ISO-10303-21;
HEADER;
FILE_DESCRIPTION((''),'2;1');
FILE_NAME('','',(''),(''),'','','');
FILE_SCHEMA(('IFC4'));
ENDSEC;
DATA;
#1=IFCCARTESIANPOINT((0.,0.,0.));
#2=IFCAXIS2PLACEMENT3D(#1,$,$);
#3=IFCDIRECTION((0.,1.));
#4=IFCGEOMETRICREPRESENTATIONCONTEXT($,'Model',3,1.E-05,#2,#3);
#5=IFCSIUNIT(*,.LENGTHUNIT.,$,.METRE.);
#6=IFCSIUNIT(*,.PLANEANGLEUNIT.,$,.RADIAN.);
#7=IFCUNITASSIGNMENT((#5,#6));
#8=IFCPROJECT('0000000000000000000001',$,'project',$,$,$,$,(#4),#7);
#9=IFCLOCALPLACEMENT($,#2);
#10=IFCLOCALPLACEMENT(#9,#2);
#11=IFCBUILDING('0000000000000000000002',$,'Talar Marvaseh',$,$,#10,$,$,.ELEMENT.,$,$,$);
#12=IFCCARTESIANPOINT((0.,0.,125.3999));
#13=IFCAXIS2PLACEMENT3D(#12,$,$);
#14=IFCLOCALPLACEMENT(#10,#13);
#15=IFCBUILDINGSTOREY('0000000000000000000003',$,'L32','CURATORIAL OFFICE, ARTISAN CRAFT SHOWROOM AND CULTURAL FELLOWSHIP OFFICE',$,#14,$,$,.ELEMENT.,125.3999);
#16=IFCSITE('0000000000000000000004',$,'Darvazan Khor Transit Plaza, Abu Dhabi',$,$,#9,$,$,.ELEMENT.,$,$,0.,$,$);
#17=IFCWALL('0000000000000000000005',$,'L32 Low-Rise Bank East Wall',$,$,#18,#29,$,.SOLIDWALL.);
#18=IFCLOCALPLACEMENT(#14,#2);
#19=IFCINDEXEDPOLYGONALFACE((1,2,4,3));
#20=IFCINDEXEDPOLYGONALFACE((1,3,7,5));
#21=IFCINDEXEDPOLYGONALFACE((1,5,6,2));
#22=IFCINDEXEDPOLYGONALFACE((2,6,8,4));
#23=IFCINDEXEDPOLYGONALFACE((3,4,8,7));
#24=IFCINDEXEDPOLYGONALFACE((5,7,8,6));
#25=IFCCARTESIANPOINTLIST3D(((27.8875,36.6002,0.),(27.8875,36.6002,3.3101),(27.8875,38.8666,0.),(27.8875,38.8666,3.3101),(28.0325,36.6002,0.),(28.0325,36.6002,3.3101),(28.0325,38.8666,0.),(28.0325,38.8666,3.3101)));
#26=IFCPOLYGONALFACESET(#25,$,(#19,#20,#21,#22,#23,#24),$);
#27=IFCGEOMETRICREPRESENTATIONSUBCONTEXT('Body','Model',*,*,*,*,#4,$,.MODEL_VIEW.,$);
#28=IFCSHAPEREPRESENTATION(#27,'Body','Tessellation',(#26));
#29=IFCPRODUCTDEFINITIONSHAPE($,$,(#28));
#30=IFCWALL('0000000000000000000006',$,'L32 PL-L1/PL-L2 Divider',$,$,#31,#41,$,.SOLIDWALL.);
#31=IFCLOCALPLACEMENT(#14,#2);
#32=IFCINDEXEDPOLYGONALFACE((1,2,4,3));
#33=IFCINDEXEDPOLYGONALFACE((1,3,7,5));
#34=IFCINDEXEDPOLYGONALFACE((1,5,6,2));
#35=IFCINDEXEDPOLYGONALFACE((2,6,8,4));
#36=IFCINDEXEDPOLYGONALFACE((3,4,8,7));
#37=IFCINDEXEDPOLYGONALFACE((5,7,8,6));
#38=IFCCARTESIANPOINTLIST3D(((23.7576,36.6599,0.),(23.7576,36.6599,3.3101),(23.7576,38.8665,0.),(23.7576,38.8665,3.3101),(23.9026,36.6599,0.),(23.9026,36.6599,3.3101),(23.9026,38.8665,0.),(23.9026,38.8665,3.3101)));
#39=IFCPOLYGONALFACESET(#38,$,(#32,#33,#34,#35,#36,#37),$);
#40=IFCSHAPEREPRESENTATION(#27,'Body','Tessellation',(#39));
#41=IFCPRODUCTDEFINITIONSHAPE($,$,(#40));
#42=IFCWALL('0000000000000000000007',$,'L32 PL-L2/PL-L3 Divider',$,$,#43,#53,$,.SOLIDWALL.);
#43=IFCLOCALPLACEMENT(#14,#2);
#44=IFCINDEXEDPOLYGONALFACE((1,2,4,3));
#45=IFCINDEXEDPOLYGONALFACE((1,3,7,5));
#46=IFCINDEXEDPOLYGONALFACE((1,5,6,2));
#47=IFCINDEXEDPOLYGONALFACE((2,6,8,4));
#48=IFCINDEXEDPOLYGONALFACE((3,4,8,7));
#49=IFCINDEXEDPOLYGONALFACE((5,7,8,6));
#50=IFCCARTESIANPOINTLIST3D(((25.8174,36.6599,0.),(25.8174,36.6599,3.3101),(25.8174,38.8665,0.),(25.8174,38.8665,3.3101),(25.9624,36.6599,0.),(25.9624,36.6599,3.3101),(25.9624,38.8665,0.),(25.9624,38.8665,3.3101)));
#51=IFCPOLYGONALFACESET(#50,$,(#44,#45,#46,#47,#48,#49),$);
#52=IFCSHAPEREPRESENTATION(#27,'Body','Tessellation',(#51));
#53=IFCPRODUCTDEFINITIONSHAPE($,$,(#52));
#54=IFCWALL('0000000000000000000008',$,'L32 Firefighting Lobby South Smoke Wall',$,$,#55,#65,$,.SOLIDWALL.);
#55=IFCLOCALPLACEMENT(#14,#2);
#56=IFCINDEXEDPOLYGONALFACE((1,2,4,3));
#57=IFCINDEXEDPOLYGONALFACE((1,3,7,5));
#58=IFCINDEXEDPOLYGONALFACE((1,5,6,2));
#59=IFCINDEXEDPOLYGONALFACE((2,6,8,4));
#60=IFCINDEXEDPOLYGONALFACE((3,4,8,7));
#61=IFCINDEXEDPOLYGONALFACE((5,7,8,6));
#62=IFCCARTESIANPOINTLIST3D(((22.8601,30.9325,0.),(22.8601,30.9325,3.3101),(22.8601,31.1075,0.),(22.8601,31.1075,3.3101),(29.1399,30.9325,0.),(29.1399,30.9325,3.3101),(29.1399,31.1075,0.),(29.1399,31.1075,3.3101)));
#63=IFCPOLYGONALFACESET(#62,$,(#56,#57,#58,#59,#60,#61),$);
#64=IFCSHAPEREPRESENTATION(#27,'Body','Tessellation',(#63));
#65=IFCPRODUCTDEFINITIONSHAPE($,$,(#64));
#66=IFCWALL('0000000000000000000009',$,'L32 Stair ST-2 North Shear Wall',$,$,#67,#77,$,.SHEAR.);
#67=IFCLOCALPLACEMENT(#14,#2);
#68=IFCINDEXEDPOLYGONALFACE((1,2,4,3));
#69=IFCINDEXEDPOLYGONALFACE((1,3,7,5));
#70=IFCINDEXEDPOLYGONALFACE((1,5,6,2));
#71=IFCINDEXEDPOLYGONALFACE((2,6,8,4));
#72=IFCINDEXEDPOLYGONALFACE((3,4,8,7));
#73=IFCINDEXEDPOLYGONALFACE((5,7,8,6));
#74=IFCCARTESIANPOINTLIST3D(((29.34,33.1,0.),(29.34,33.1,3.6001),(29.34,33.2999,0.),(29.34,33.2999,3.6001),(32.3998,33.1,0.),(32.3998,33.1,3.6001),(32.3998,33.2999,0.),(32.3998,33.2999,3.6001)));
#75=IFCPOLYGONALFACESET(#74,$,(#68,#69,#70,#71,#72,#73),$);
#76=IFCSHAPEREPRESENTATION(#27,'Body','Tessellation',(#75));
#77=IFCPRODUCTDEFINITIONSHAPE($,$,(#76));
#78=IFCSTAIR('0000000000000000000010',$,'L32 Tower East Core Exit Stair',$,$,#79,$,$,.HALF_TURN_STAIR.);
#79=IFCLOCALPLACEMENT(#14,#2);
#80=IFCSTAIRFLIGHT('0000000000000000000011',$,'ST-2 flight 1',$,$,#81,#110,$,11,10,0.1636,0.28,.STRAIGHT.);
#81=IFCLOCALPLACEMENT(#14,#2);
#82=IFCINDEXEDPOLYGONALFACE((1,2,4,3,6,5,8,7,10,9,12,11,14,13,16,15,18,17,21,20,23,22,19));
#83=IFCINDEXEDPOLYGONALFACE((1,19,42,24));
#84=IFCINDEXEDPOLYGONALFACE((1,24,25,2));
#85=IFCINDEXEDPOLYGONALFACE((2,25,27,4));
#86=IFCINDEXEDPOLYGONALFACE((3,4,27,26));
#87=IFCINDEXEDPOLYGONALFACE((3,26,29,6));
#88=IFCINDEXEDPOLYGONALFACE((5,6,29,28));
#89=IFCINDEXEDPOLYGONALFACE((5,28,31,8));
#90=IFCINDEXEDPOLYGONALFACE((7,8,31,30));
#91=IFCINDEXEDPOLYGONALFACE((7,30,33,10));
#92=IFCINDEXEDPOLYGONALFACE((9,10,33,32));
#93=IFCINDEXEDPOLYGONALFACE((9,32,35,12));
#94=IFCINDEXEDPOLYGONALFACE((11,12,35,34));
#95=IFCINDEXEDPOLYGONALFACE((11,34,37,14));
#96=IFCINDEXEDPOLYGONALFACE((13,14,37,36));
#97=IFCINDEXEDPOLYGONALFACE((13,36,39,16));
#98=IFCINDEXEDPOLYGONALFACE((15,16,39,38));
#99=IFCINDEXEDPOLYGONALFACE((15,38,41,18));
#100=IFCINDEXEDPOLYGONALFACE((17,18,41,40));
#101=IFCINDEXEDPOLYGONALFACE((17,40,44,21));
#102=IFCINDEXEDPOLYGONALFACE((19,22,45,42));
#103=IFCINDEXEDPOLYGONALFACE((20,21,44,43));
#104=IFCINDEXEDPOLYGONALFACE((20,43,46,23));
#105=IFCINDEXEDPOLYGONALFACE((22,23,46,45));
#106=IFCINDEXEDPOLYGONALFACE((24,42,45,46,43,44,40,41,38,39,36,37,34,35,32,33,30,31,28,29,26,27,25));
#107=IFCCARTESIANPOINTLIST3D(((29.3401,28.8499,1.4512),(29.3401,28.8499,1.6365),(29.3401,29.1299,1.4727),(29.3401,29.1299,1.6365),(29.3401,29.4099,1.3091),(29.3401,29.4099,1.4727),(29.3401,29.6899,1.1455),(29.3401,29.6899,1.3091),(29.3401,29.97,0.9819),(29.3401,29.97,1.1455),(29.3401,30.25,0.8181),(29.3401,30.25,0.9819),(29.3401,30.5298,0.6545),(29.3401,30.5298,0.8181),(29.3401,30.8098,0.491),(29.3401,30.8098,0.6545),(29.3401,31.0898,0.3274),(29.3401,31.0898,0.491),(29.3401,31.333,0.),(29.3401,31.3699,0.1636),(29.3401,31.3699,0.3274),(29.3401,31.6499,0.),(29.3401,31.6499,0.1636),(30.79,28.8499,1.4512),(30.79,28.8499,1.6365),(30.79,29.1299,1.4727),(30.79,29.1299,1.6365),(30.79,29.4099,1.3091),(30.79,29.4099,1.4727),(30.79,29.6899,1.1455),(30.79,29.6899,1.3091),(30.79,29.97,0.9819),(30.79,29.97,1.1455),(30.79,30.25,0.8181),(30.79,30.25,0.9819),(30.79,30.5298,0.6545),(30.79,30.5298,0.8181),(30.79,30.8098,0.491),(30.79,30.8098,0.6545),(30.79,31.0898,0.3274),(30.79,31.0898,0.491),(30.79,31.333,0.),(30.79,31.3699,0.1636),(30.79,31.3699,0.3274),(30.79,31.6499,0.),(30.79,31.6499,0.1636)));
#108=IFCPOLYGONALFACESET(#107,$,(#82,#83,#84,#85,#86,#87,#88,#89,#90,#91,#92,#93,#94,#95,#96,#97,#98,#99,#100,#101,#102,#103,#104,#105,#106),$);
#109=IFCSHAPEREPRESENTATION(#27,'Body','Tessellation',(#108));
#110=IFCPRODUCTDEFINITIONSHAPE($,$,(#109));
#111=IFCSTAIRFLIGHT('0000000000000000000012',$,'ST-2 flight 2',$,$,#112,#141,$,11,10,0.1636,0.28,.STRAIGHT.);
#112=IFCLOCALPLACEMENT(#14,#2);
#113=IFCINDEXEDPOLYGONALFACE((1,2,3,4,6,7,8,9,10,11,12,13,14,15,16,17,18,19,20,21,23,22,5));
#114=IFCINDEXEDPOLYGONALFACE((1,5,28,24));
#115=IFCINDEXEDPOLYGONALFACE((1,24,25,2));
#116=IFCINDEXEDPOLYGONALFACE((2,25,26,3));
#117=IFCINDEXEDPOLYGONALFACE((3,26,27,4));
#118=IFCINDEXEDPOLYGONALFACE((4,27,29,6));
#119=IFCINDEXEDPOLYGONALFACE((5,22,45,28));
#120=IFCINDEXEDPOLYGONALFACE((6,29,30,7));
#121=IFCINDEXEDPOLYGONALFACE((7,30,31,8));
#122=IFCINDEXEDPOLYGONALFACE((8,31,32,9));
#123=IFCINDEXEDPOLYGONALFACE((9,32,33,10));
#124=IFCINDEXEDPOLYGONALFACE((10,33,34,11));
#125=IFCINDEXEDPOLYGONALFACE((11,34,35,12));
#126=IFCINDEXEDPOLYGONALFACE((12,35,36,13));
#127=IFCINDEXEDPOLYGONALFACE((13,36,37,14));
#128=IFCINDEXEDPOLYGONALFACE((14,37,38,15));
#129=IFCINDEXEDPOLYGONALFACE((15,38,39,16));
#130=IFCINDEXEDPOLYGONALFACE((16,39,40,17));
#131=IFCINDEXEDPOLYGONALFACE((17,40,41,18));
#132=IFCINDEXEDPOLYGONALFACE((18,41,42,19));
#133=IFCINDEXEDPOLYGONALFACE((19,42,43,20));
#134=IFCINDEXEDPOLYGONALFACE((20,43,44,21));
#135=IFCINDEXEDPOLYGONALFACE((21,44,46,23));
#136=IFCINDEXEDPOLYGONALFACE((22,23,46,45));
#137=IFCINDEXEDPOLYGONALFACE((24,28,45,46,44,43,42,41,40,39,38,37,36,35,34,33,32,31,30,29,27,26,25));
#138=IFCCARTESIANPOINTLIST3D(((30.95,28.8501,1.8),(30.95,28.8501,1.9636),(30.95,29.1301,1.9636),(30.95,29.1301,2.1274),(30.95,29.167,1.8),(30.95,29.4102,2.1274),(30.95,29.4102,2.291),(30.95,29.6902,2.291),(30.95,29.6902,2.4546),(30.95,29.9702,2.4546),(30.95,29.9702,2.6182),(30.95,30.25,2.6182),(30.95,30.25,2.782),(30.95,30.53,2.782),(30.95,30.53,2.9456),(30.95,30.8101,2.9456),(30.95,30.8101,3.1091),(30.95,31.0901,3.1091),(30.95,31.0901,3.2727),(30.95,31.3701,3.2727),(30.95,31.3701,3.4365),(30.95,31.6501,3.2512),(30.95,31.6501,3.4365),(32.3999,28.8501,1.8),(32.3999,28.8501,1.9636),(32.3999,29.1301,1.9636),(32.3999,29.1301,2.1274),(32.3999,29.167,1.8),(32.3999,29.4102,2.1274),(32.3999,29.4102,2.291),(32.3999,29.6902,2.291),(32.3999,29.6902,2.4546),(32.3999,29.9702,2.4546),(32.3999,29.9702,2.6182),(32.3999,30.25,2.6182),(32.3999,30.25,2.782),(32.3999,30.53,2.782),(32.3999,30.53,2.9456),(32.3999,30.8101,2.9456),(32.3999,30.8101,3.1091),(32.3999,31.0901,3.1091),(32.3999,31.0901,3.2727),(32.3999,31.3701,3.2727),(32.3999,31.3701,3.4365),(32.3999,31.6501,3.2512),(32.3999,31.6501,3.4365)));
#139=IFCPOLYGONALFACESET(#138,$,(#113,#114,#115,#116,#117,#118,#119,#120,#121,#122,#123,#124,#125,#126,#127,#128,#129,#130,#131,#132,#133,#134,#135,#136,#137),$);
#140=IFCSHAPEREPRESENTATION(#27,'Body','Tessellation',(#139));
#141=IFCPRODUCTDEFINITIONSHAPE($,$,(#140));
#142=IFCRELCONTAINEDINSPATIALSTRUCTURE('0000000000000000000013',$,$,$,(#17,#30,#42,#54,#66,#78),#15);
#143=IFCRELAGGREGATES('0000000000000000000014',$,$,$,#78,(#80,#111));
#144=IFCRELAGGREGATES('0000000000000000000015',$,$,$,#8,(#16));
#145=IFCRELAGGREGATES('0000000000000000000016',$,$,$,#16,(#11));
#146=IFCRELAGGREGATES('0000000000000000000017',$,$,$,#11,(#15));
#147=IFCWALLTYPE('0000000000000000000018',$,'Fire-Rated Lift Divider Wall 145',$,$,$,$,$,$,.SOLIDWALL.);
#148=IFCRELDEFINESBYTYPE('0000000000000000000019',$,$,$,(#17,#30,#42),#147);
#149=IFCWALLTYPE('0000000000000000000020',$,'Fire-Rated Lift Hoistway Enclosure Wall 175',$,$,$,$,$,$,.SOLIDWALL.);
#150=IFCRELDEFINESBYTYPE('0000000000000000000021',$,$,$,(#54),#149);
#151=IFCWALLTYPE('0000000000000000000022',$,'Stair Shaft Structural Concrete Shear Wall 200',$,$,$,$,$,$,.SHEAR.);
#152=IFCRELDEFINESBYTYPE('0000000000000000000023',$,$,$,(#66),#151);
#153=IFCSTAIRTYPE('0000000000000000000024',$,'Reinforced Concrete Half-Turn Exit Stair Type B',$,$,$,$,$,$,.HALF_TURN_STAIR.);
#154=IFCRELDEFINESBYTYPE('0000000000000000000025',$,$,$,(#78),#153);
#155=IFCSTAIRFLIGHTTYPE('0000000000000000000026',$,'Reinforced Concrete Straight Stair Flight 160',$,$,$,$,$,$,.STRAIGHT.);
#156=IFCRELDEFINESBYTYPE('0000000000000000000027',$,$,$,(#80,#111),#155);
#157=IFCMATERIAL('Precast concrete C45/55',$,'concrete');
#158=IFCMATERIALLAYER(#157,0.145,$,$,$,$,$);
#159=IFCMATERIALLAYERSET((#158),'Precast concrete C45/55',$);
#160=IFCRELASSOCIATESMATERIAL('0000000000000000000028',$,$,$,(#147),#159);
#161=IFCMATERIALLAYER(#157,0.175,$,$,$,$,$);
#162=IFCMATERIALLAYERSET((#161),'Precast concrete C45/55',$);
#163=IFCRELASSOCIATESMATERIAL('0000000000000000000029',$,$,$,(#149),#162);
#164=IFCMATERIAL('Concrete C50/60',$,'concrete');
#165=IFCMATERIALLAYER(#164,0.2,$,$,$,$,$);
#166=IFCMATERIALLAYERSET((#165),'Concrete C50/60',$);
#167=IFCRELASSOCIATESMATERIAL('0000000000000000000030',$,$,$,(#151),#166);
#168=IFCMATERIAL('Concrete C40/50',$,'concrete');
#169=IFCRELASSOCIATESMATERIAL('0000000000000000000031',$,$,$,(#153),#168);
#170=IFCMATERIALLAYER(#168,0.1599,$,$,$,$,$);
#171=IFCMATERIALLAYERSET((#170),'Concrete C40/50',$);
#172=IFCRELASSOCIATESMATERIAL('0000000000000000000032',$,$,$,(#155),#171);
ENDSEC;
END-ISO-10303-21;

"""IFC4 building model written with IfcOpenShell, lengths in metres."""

from ifc_helpers import new_model, si_unit, direction, frame, frame_2d, origin, place, context, subcontext, project, spatial, polyline, rectangle, outline, extrude, material, layer, layer_set, type_object, element, aggregate, save


model = new_model("IFC4")

# Units and contexts
model_context = context("Model", 3, precision=1e-05, world=origin(), true_north=direction((0.0, 1.0)))
body_context = subcontext(model_context, "Body", "Model", "MODEL_VIEW")
ifc_project = project(units=[si_unit("LENGTHUNIT", "METRE"), si_unit("PLANEANGLEUNIT", "RADIAN")], contexts=[model_context])

# Site, building, storey
site_placement = place(None, origin())
site = spatial("IfcSite", under=ifc_project, at=site_placement, Name="Darvazan Khor Transit Plaza, Abu Dhabi", CompositionType="ELEMENT", RefElevation=0.0)
building_placement = place(site_placement, origin())
building = spatial("IfcBuilding", under=site, at=building_placement, Name="Talar Marvaseh", CompositionType="ELEMENT")
storey_placement = place(building_placement, frame((0.0, 0.0, 125.3999)))
storey = spatial("IfcBuildingStorey", under=building, at=storey_placement, Name="L32", Description="CURATORIAL OFFICE, ARTISAN CRAFT SHOWROOM AND CULTURAL FELLOWSHIP OFFICE", CompositionType="ELEMENT", Elevation=125.3999)

# Shared definitions
ifc_material_1 = material(Name="Concrete C40/50", Category="concrete")

# Walls
ifc_material_2 = material(Name="Precast concrete C45/55", Category="concrete")
ifc_layer_1 = layer(ifc_material_2, 0.145)
ifc_layer_set_1 = layer_set([ifc_layer_1], Name="Precast concrete C45/55")
wall_type_1 = type_object("IfcWallType", Name="Fire-Rated Lift Divider Wall 145", PredefinedType="SOLIDWALL", material=ifc_layer_set_1)
wall_1_placement = place(storey_placement, frame((27.96, 36.6001, 0.0), z_axis=(0.0, 0.0, 1.0), x_axis=(0.0, 1.0, 0.0)))
element("IfcWall", 1, at=wall_1_placement, inside=storey, type_object=wall_type_1, Name="L32 Low-Rise Bank East Wall", PredefinedType="SOLIDWALL", context=body_context, shape_type="SweptSolid", body=[
    extrude(rectangle(XDim=2.2664, YDim=0.145, at=frame_2d((1.1333, 0.0))), origin(), (0.0, 0.0, 1.0), 3.3101),
])
for number, where, z_axis, x_axis, name in (
    (2, (23.8301, 36.6599, 0.0), (0.0, 0.0, 1.0), (0.0, 1.0, 0.0), "L32 PL-L1/PL-L2 Divider"),
    (3, (25.8899, 36.6599, 0.0), (0.0, 0.0, 1.0), (0.0, 1.0, 0.0), "L32 PL-L2/PL-L3 Divider"),
):
    element("IfcWall", number, at=place(storey_placement, frame(where, z_axis=z_axis, x_axis=x_axis)), inside=storey, type_object=wall_type_1, Name=name, PredefinedType="SOLIDWALL", context=body_context, shape_type="SweptSolid", body=[
        extrude(rectangle(XDim=2.2065, YDim=0.145, at=frame_2d((1.1033, 0.0))), origin(), (0.0, 0.0, 1.0), 3.3101),
    ])

# Shared definitions
ifc_layer_2 = layer(ifc_material_2, 0.175)
ifc_layer_set_2 = layer_set([ifc_layer_2], Name="Precast concrete C45/55")
wall_type_2 = type_object("IfcWallType", Name="Fire-Rated Lift Hoistway Enclosure Wall 175", PredefinedType="SOLIDWALL", material=ifc_layer_set_2)

# Walls
wall_2_placement = place(storey_placement, frame((22.8601, 31.02, 0.0), z_axis=(0.0, 0.0, 1.0), x_axis=(1.0, 0.0, 0.0)))
element("IfcWall", 4, at=wall_2_placement, inside=storey, type_object=wall_type_2, Name="L32 Firefighting Lobby South Smoke Wall", PredefinedType="SOLIDWALL", context=body_context, shape_type="SweptSolid", body=[
    extrude(rectangle(XDim=6.2798, YDim=0.175, at=frame_2d((3.1399, 0.0))), origin(), (0.0, 0.0, 1.0), 3.3101),
])
ifc_material_3 = material(Name="Concrete C50/60", Category="concrete")
ifc_layer_3 = layer(ifc_material_3, 0.2)
ifc_layer_set_3 = layer_set([ifc_layer_3], Name="Concrete C50/60")
wall_type_3 = type_object("IfcWallType", Name="Stair Shaft Structural Concrete Shear Wall 200", PredefinedType="SHEAR", material=ifc_layer_set_3)
wall_3_placement = place(storey_placement, frame((29.3401, 33.2, 0.0), z_axis=(0.0, 0.0, 1.0), x_axis=(1.0, 0.0, 0.0)))
element("IfcWall", 5, at=wall_3_placement, inside=storey, type_object=wall_type_3, Name="L32 Stair ST-2 North Shear Wall", PredefinedType="SHEAR", context=body_context, shape_type="SweptSolid", body=[
    extrude(rectangle(XDim=3.0598, YDim=0.2, at=frame_2d((1.5298, 0.0))), origin(), (0.0, 0.0, 1.0), 3.6001),
])

# Stair, stair flights
stair_type = type_object("IfcStairType", Name="Reinforced Concrete Half-Turn Exit Stair Type B", PredefinedType="HALF_TURN_STAIR", material=ifc_material_1)
stair_placement = place(storey_placement, origin())
stair = element("IfcStair", 6, at=stair_placement, inside=storey, type_object=stair_type, Name="L32 Tower East Core Exit Stair", PredefinedType="HALF_TURN_STAIR")
ifc_layer_4 = layer(ifc_material_1, 0.1599)
ifc_layer_set_4 = layer_set([ifc_layer_4], Name="Concrete C40/50")
stair_flight_type = type_object("IfcStairFlightType", Name="Reinforced Concrete Straight Stair Flight 160", PredefinedType="STRAIGHT", material=ifc_layer_set_4)
stair_flight_1_placement = place(storey_placement, frame((30.0649, 31.6499, 0.0), z_axis=(0.0, 0.0, 1.0), x_axis=(0.0, -1.0, 0.0)))
stair_flight_1 = element("IfcStairFlight", 7, at=stair_flight_1_placement, type_object=stair_flight_type, Name="ST-2 flight 1", NumberOfRisers=11, NumberOfTreads=10, PredefinedType="STRAIGHT", RiserHeight=0.1636, TreadLength=0.28, context=body_context, shape_type="SweptSolid", body=[
    extrude(outline(polyline([(0.0, 0.0), (0.0, 0.1636), (0.28, 0.1636), (0.28, 0.3274), (0.5601, 0.3274), (0.5601, 0.491), (0.8401, 0.491), (0.8401, 0.6545), (1.1201, 0.6545), (1.1201, 0.8181), (1.3999, 0.8181), (1.3999, 0.9819), (1.6799, 0.9819), (1.6799, 1.1455), (1.96, 1.1455), (1.96, 1.3091), (2.24, 1.3091), (2.24, 1.4727), (2.52, 1.4727), (2.52, 1.6365), (2.8, 1.6365), (2.8, 1.8), (2.8, 1.4512), (0.3169, 0.0), (0.0, 0.0)])), frame((0.0, 0.7251, 0.0), z_axis=(0.0, -1.0, 0.0), x_axis=(1.0, 0.0, 0.0)), (0.0, 0.0, 1.0), 1.45),
])
stair_flight_2_placement = place(storey_placement, frame((31.675, 28.8501, 1.8), z_axis=(0.0, 0.0, 1.0), x_axis=(0.0, 1.0, 0.0)))
stair_flight_2 = element("IfcStairFlight", 8, at=stair_flight_2_placement, type_object=stair_flight_type, Name="ST-2 flight 2", NumberOfRisers=11, NumberOfTreads=10, PredefinedType="STRAIGHT", RiserHeight=0.1636, TreadLength=0.28, context=body_context, shape_type="SweptSolid", body=[
    extrude(outline(polyline([(0.0, 0.0), (0.0, 0.1636), (0.28, 0.1636), (0.28, 0.3274), (0.5601, 0.3274), (0.5601, 0.491), (0.8401, 0.491), (0.8401, 0.6545), (1.1201, 0.6545), (1.1201, 0.8181), (1.3999, 0.8181), (1.3999, 0.9819), (1.6799, 0.9819), (1.6799, 1.1455), (1.96, 1.1455), (1.96, 1.3091), (2.24, 1.3091), (2.24, 1.4727), (2.52, 1.4727), (2.52, 1.6365), (2.8, 1.6365), (2.8, 1.8), (2.8, 1.4512), (0.3169, 0.0), (0.0, 0.0)])), frame((0.0, 0.7251, 0.0), z_axis=(0.0, -1.0, 0.0), x_axis=(1.0, 0.0, 0.0)), (0.0, 0.0, 1.0), 1.45),
])
aggregate(stair, [stair_flight_1, stair_flight_2])

save(model, "model.ifc")
